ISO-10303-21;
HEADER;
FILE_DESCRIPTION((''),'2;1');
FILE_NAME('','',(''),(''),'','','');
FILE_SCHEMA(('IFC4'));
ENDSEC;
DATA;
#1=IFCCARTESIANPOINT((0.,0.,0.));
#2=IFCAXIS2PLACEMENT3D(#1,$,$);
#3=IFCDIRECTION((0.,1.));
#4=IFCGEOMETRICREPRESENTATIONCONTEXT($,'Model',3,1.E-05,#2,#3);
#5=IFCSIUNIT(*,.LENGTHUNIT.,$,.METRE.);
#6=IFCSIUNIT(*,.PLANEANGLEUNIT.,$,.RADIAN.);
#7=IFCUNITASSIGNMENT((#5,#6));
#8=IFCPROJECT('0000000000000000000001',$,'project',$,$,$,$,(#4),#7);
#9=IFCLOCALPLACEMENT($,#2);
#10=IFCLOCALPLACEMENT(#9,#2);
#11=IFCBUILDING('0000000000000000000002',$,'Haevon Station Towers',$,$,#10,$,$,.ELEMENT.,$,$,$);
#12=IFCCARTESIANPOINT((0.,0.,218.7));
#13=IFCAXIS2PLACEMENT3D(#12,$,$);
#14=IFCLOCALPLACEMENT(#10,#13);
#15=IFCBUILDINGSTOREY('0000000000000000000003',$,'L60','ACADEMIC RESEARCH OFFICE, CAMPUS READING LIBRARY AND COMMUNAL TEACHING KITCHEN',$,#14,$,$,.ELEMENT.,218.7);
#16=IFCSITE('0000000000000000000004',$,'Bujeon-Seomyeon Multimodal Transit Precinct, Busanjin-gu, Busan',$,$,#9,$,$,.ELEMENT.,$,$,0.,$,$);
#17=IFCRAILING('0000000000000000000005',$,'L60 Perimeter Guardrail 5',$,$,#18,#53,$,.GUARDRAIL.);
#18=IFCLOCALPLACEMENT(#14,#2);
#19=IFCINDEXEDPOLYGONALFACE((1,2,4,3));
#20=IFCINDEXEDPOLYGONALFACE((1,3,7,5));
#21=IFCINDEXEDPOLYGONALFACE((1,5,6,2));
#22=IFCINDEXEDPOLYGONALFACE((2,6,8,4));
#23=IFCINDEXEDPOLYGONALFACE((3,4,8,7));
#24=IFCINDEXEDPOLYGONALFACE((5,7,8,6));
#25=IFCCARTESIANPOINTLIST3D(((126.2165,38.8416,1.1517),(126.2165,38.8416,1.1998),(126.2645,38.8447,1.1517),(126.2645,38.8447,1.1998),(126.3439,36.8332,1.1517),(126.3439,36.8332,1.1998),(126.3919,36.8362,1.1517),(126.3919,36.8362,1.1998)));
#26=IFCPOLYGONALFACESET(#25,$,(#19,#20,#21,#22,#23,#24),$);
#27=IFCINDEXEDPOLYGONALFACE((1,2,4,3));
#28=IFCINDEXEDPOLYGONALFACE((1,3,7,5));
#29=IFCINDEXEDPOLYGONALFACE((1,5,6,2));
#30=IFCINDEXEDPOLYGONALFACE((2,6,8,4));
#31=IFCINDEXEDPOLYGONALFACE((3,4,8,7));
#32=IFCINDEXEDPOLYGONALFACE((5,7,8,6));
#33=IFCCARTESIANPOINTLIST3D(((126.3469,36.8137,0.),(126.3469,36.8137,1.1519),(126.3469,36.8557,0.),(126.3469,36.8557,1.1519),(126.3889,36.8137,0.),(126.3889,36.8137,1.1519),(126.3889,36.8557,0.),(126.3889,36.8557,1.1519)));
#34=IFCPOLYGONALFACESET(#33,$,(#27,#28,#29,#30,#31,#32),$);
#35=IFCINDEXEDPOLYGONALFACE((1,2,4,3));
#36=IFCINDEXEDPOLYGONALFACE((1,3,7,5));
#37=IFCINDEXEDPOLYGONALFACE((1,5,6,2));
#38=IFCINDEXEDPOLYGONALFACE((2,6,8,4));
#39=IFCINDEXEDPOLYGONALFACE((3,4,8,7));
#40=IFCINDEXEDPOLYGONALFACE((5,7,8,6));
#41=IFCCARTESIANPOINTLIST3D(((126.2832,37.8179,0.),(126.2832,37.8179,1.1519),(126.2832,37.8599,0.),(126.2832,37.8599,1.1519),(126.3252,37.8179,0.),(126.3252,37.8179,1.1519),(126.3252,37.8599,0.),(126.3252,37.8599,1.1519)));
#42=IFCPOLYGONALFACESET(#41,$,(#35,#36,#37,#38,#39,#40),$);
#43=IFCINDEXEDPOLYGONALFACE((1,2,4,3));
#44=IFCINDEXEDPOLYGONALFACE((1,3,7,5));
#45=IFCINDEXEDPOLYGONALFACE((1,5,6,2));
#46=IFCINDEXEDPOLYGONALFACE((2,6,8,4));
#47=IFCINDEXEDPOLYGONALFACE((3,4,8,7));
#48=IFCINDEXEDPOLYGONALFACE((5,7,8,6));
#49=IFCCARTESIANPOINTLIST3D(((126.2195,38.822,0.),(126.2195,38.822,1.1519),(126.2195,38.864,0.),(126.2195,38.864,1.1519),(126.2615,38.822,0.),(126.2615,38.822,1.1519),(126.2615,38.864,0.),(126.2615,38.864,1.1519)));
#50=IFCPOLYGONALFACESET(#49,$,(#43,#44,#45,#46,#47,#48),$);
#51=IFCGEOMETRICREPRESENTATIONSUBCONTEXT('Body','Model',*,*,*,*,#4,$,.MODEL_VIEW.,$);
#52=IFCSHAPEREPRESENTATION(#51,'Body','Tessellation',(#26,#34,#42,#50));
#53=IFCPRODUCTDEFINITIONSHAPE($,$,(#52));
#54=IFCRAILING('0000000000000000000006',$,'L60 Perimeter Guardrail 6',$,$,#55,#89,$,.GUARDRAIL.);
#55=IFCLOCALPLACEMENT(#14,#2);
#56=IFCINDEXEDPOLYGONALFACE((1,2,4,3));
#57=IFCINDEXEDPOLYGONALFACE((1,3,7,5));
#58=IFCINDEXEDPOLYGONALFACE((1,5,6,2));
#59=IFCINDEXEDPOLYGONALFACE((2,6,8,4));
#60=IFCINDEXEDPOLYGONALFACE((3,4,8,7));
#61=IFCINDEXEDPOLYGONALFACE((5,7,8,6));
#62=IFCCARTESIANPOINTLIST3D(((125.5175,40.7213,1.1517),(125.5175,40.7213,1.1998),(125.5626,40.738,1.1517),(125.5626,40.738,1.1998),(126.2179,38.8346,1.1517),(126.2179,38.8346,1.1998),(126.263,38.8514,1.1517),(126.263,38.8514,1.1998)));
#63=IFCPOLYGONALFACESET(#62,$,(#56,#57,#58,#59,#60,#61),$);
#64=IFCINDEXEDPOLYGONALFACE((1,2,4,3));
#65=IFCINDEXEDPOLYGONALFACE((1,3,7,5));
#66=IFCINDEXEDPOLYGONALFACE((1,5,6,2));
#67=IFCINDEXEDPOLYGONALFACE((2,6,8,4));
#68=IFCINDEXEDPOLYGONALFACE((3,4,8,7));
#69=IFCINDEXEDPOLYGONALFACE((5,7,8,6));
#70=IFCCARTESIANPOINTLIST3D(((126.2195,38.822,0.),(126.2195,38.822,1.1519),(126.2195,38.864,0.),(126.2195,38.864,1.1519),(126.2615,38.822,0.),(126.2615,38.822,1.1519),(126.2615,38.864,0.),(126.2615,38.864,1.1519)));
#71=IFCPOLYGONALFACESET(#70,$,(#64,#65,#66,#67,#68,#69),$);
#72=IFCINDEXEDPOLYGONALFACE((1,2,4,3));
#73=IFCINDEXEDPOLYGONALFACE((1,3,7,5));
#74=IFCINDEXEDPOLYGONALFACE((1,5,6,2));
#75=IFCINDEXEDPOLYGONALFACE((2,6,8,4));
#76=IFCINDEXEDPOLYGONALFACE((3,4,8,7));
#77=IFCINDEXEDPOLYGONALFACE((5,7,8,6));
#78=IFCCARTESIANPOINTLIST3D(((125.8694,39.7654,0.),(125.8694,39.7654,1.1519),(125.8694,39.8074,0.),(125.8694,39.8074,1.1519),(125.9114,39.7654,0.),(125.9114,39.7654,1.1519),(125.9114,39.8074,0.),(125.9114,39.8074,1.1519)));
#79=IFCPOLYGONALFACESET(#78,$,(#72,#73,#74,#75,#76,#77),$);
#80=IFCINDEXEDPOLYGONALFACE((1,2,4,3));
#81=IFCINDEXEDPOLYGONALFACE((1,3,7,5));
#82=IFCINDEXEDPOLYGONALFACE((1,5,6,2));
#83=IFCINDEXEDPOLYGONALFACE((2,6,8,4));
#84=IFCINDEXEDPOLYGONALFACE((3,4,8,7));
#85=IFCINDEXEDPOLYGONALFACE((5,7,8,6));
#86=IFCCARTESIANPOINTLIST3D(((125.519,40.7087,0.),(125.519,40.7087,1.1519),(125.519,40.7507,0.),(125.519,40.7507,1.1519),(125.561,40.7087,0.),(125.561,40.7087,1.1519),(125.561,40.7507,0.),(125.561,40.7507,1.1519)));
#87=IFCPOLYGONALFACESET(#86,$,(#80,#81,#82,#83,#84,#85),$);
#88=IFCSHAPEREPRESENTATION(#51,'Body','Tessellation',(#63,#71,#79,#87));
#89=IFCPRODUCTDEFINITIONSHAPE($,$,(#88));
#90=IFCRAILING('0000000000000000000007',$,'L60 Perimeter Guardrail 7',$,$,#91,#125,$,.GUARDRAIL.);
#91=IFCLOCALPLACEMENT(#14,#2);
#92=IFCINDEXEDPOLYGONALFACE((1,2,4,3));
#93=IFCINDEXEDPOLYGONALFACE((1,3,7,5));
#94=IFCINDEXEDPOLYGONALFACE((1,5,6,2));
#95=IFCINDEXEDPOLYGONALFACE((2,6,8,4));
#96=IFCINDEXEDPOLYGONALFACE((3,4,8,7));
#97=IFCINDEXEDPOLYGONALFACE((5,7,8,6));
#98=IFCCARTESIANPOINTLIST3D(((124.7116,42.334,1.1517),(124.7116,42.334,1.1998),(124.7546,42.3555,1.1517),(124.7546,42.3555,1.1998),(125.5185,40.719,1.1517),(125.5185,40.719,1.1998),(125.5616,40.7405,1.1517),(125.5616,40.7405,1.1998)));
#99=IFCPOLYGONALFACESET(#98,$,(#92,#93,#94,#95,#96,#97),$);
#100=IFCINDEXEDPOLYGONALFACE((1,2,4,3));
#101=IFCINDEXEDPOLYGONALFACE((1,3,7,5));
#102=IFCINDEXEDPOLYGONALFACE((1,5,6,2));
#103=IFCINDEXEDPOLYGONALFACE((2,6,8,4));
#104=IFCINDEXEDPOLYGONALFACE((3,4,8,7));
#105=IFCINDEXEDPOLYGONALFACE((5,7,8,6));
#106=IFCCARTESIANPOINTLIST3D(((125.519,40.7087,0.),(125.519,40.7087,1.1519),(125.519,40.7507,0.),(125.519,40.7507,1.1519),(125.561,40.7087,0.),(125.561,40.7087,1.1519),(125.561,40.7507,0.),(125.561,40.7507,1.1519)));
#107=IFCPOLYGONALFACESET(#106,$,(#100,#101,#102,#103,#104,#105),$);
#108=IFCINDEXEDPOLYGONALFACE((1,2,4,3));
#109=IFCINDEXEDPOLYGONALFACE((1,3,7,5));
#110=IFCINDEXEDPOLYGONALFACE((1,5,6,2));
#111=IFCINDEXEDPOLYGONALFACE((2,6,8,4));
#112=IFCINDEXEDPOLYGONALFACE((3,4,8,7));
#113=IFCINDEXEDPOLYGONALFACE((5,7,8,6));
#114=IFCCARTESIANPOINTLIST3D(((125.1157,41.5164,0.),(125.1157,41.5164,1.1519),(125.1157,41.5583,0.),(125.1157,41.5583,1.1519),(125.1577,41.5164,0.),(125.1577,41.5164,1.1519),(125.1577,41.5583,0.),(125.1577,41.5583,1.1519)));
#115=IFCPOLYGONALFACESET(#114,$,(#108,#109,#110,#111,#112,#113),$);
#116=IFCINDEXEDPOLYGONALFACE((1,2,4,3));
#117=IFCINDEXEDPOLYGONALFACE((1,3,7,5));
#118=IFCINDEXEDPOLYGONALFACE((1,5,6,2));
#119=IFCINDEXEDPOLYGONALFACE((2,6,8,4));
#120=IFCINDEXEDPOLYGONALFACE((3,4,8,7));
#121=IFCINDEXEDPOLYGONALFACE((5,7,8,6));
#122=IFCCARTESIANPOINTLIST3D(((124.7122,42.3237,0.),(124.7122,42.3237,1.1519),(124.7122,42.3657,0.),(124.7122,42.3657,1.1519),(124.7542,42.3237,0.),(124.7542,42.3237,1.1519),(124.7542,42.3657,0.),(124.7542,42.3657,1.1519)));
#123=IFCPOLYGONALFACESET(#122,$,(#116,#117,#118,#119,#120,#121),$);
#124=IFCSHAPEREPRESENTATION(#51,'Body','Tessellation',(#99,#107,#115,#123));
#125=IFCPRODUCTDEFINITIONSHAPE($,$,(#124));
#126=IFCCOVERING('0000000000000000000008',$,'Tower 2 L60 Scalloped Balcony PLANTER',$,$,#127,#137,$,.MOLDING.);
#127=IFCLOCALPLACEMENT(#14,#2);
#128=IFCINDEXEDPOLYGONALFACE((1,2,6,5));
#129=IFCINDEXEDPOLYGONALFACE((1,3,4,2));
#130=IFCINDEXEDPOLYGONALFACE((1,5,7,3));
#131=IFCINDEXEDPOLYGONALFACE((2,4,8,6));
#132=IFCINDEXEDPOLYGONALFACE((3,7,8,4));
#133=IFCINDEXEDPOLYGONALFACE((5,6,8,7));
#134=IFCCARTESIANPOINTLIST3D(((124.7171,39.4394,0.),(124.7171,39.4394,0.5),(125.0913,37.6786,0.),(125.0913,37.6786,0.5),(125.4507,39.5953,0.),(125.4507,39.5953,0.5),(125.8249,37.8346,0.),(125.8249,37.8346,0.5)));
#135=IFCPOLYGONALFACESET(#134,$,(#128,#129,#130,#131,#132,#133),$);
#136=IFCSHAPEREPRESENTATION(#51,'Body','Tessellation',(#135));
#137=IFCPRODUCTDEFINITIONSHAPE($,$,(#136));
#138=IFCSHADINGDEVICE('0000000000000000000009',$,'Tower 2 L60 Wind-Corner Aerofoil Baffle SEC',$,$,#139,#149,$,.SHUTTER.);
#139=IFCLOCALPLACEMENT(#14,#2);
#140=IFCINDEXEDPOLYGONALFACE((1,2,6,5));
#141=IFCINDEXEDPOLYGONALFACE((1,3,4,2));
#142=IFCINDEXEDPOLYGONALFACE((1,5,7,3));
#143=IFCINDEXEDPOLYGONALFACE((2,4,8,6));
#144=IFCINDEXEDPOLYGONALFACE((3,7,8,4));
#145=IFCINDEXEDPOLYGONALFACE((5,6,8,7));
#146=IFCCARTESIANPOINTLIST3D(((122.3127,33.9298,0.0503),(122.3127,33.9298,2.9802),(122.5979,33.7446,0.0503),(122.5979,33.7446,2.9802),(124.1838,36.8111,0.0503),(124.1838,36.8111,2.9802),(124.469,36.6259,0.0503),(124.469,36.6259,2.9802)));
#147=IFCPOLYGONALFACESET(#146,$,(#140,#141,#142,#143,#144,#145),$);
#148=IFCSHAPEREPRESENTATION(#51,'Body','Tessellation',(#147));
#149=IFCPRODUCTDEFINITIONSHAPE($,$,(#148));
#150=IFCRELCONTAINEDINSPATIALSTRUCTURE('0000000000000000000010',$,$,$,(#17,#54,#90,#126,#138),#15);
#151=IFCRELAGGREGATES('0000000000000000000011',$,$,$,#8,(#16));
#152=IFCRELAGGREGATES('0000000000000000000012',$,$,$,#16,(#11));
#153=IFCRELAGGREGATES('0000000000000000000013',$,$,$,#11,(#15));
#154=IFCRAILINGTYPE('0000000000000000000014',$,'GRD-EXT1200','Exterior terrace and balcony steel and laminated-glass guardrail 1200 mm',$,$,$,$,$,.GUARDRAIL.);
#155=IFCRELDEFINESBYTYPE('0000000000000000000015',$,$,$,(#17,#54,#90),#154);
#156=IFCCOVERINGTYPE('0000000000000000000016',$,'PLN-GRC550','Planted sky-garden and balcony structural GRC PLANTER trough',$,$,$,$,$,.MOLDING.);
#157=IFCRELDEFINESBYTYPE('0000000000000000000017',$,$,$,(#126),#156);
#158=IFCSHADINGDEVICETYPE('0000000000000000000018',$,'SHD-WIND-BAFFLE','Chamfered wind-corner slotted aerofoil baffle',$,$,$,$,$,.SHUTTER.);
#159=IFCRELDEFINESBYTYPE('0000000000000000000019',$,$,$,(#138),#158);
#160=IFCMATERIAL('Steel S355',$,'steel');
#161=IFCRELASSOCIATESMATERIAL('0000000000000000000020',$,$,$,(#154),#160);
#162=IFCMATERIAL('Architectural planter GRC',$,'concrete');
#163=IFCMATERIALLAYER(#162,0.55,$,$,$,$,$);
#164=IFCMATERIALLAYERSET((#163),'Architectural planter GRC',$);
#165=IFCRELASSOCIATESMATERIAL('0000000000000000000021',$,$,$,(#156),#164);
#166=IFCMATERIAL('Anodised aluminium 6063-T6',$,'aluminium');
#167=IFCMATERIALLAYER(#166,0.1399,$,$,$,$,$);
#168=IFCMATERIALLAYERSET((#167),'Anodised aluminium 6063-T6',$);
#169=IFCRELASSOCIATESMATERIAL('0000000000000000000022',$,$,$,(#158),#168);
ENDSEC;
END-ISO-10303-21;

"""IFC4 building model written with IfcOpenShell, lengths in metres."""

from ifc_helpers import new_model, si_unit, direction, frame, origin, origin_2d, place, context, subcontext, project, spatial, rectangle, extrude, material, layer, layer_set, type_object, element, save


model = new_model("IFC4")

# Units and contexts
model_context = context("Model", 3, precision=1e-05, world=origin(), true_north=direction((0.0, 1.0)))
body_context = subcontext(model_context, "Body", "Model", "MODEL_VIEW")
ifc_project = project(units=[si_unit("LENGTHUNIT", "METRE"), si_unit("PLANEANGLEUNIT", "RADIAN")], contexts=[model_context])

# Site, building, storey
site_placement = place(None, origin())
site = spatial("IfcSite", under=ifc_project, at=site_placement, Name="Bujeon-Seomyeon Multimodal Transit Precinct, Busanjin-gu, Busan", CompositionType="ELEMENT", RefElevation=0.0)
building_placement = place(site_placement, origin())
building = spatial("IfcBuilding", under=site, at=building_placement, Name="Haevon Station Towers", CompositionType="ELEMENT")
storey_placement = place(building_placement, frame((0.0, 0.0, 218.7)))
storey = spatial("IfcBuildingStorey", under=building, at=storey_placement, Name="L60", Description="ACADEMIC RESEARCH OFFICE, CAMPUS READING LIBRARY AND COMMUNAL TEACHING KITCHEN", CompositionType="ELEMENT", Elevation=218.7)

# Shared definitions
ifc_material_1 = material(Name="Steel S355", Category="steel")

# Railings
railing_type = type_object("IfcRailingType", Name="GRD-EXT1200", Description="Exterior terrace and balcony steel and laminated-glass guardrail 1200 mm", PredefinedType="GUARDRAIL", material=ifc_material_1)
railing_1_placement = place(storey_placement, frame((126.3679, 36.8347, 0.0)))
element("IfcRailing", 1, at=railing_1_placement, inside=storey, type_object=railing_type, Name="L60 Perimeter Guardrail 5", PredefinedType="GUARDRAIL", context=body_context, shape_type="SweptSolid", body=[
    extrude(rectangle(XDim=0.0481, YDim=0.0481, at=origin_2d()), frame((0.0, 0.0, 1.1758), z_axis=(-0.06333, 0.997993, 0.0), x_axis=(-0.997993, -0.06333, 0.0)), (0.0, 0.0, 1.0), 2.0125),
    extrude(rectangle(XDim=0.042, YDim=0.042, at=origin_2d()), origin(), (0.0, 0.0, 1.0), 1.1519),
    extrude(rectangle(XDim=0.042, YDim=0.042, at=origin_2d()), frame((-0.0637, 1.0042, 0.0)), (0.0, 0.0, 1.0), 1.1519),
    extrude(rectangle(XDim=0.042, YDim=0.042, at=origin_2d()), frame((-0.1274, 2.0083, 0.0)), (0.0, 0.0, 1.0), 1.1519),
])
railing_2_placement = place(storey_placement, frame((126.2405, 38.843, 0.0)))
element("IfcRailing", 2, at=railing_2_placement, inside=storey, type_object=railing_type, Name="L60 Perimeter Guardrail 6", PredefinedType="GUARDRAIL", context=body_context, shape_type="SweptSolid", body=[
    extrude(rectangle(XDim=0.0481, YDim=0.0481, at=origin_2d()), frame((0.0, 0.0, 1.1758), z_axis=(-0.348037, 0.937481, 0.0), x_axis=(-0.937481, -0.348037, 0.0)), (0.0, 0.0, 1.0), 2.0125),
    extrude(rectangle(XDim=0.042, YDim=0.042, at=origin_2d()), origin(), (0.0, 0.0, 1.0), 1.1519),
    extrude(rectangle(XDim=0.042, YDim=0.042, at=origin_2d()), frame((-0.3501, 0.9434, 0.0)), (0.0, 0.0, 1.0), 1.1519),
    extrude(rectangle(XDim=0.042, YDim=0.042, at=origin_2d()), frame((-0.7004, 1.8867, 0.0)), (0.0, 0.0, 1.0), 1.1519),
])
railing_3_placement = place(storey_placement, frame((125.54, 40.7297, 0.0)))
element("IfcRailing", 3, at=railing_3_placement, inside=storey, type_object=railing_type, Name="L60 Perimeter Guardrail 7", PredefinedType="GUARDRAIL", context=body_context, shape_type="SweptSolid", body=[
    extrude(rectangle(XDim=0.0481, YDim=0.0481, at=origin_2d()), frame((0.0, 0.0, 1.1758), z_axis=(-0.446943, 0.894562, 0.0), x_axis=(-0.894562, -0.446943, 0.0)), (0.0, 0.0, 1.0), 1.8054),
    extrude(rectangle(XDim=0.042, YDim=0.042, at=origin_2d()), origin(), (0.0, 0.0, 1.0), 1.1519),
    extrude(rectangle(XDim=0.042, YDim=0.042, at=origin_2d()), frame((-0.4033, 0.8076, 0.0)), (0.0, 0.0, 1.0), 1.1519),
    extrude(rectangle(XDim=0.042, YDim=0.042, at=origin_2d()), frame((-0.8069, 1.615, 0.0)), (0.0, 0.0, 1.0), 1.1519),
])

# Covering
ifc_material_2 = material(Name="Architectural planter GRC", Category="concrete")
ifc_layer_1 = layer(ifc_material_2, 0.55)
ifc_layer_set_1 = layer_set([ifc_layer_1], Name="Architectural planter GRC")
covering_type = type_object("IfcCoveringType", Name="PLN-GRC550", Description="Planted sky-garden and balcony structural GRC PLANTER trough", PredefinedType="MOLDING", material=ifc_layer_set_1)
covering_placement = place(storey_placement, frame((125.271, 38.637, 0.0), z_axis=(0.0, 0.0, 1.0), x_axis=(0.978148, 0.207912, 0.0)))
element("IfcCovering", 4, at=covering_placement, inside=storey, type_object=covering_type, Name="Tower 2 L60 Scalloped Balcony PLANTER", PredefinedType="MOLDING", context=body_context, shape_type="SweptSolid", body=[
    extrude(rectangle(XDim=0.75, YDim=1.8, at=origin_2d()), origin(), (0.0, 0.0, 1.0), 0.5),
])

# Shading device
ifc_material_3 = material(Name="Anodised aluminium 6063-T6", Category="aluminium")
ifc_layer_2 = layer(ifc_material_3, 0.1399)
ifc_layer_set_2 = layer_set([ifc_layer_2], Name="Anodised aluminium 6063-T6")
shading_device_type = type_object("IfcShadingDeviceType", Name="SHD-WIND-BAFFLE", Description="Chamfered wind-corner slotted aerofoil baffle", PredefinedType="SHUTTER", material=ifc_layer_set_2)
shading_device_placement = place(storey_placement, frame((123.3909, 35.2778, 0.0503), z_axis=(0.0, 0.0, 1.0), x_axis=(-0.544639, -0.838671, 0.0)))
element("IfcShadingDevice", 5, at=shading_device_placement, inside=storey, type_object=shading_device_type, Name="Tower 2 L60 Wind-Corner Aerofoil Baffle SEC", PredefinedType="SHUTTER", context=body_context, shape_type="SweptSolid", body=[
    extrude(rectangle(XDim=3.4355, YDim=0.3401, at=origin_2d()), origin(), (0.0, 0.0, 1.0), 2.9299),
])

save(model, "model.ifc")
